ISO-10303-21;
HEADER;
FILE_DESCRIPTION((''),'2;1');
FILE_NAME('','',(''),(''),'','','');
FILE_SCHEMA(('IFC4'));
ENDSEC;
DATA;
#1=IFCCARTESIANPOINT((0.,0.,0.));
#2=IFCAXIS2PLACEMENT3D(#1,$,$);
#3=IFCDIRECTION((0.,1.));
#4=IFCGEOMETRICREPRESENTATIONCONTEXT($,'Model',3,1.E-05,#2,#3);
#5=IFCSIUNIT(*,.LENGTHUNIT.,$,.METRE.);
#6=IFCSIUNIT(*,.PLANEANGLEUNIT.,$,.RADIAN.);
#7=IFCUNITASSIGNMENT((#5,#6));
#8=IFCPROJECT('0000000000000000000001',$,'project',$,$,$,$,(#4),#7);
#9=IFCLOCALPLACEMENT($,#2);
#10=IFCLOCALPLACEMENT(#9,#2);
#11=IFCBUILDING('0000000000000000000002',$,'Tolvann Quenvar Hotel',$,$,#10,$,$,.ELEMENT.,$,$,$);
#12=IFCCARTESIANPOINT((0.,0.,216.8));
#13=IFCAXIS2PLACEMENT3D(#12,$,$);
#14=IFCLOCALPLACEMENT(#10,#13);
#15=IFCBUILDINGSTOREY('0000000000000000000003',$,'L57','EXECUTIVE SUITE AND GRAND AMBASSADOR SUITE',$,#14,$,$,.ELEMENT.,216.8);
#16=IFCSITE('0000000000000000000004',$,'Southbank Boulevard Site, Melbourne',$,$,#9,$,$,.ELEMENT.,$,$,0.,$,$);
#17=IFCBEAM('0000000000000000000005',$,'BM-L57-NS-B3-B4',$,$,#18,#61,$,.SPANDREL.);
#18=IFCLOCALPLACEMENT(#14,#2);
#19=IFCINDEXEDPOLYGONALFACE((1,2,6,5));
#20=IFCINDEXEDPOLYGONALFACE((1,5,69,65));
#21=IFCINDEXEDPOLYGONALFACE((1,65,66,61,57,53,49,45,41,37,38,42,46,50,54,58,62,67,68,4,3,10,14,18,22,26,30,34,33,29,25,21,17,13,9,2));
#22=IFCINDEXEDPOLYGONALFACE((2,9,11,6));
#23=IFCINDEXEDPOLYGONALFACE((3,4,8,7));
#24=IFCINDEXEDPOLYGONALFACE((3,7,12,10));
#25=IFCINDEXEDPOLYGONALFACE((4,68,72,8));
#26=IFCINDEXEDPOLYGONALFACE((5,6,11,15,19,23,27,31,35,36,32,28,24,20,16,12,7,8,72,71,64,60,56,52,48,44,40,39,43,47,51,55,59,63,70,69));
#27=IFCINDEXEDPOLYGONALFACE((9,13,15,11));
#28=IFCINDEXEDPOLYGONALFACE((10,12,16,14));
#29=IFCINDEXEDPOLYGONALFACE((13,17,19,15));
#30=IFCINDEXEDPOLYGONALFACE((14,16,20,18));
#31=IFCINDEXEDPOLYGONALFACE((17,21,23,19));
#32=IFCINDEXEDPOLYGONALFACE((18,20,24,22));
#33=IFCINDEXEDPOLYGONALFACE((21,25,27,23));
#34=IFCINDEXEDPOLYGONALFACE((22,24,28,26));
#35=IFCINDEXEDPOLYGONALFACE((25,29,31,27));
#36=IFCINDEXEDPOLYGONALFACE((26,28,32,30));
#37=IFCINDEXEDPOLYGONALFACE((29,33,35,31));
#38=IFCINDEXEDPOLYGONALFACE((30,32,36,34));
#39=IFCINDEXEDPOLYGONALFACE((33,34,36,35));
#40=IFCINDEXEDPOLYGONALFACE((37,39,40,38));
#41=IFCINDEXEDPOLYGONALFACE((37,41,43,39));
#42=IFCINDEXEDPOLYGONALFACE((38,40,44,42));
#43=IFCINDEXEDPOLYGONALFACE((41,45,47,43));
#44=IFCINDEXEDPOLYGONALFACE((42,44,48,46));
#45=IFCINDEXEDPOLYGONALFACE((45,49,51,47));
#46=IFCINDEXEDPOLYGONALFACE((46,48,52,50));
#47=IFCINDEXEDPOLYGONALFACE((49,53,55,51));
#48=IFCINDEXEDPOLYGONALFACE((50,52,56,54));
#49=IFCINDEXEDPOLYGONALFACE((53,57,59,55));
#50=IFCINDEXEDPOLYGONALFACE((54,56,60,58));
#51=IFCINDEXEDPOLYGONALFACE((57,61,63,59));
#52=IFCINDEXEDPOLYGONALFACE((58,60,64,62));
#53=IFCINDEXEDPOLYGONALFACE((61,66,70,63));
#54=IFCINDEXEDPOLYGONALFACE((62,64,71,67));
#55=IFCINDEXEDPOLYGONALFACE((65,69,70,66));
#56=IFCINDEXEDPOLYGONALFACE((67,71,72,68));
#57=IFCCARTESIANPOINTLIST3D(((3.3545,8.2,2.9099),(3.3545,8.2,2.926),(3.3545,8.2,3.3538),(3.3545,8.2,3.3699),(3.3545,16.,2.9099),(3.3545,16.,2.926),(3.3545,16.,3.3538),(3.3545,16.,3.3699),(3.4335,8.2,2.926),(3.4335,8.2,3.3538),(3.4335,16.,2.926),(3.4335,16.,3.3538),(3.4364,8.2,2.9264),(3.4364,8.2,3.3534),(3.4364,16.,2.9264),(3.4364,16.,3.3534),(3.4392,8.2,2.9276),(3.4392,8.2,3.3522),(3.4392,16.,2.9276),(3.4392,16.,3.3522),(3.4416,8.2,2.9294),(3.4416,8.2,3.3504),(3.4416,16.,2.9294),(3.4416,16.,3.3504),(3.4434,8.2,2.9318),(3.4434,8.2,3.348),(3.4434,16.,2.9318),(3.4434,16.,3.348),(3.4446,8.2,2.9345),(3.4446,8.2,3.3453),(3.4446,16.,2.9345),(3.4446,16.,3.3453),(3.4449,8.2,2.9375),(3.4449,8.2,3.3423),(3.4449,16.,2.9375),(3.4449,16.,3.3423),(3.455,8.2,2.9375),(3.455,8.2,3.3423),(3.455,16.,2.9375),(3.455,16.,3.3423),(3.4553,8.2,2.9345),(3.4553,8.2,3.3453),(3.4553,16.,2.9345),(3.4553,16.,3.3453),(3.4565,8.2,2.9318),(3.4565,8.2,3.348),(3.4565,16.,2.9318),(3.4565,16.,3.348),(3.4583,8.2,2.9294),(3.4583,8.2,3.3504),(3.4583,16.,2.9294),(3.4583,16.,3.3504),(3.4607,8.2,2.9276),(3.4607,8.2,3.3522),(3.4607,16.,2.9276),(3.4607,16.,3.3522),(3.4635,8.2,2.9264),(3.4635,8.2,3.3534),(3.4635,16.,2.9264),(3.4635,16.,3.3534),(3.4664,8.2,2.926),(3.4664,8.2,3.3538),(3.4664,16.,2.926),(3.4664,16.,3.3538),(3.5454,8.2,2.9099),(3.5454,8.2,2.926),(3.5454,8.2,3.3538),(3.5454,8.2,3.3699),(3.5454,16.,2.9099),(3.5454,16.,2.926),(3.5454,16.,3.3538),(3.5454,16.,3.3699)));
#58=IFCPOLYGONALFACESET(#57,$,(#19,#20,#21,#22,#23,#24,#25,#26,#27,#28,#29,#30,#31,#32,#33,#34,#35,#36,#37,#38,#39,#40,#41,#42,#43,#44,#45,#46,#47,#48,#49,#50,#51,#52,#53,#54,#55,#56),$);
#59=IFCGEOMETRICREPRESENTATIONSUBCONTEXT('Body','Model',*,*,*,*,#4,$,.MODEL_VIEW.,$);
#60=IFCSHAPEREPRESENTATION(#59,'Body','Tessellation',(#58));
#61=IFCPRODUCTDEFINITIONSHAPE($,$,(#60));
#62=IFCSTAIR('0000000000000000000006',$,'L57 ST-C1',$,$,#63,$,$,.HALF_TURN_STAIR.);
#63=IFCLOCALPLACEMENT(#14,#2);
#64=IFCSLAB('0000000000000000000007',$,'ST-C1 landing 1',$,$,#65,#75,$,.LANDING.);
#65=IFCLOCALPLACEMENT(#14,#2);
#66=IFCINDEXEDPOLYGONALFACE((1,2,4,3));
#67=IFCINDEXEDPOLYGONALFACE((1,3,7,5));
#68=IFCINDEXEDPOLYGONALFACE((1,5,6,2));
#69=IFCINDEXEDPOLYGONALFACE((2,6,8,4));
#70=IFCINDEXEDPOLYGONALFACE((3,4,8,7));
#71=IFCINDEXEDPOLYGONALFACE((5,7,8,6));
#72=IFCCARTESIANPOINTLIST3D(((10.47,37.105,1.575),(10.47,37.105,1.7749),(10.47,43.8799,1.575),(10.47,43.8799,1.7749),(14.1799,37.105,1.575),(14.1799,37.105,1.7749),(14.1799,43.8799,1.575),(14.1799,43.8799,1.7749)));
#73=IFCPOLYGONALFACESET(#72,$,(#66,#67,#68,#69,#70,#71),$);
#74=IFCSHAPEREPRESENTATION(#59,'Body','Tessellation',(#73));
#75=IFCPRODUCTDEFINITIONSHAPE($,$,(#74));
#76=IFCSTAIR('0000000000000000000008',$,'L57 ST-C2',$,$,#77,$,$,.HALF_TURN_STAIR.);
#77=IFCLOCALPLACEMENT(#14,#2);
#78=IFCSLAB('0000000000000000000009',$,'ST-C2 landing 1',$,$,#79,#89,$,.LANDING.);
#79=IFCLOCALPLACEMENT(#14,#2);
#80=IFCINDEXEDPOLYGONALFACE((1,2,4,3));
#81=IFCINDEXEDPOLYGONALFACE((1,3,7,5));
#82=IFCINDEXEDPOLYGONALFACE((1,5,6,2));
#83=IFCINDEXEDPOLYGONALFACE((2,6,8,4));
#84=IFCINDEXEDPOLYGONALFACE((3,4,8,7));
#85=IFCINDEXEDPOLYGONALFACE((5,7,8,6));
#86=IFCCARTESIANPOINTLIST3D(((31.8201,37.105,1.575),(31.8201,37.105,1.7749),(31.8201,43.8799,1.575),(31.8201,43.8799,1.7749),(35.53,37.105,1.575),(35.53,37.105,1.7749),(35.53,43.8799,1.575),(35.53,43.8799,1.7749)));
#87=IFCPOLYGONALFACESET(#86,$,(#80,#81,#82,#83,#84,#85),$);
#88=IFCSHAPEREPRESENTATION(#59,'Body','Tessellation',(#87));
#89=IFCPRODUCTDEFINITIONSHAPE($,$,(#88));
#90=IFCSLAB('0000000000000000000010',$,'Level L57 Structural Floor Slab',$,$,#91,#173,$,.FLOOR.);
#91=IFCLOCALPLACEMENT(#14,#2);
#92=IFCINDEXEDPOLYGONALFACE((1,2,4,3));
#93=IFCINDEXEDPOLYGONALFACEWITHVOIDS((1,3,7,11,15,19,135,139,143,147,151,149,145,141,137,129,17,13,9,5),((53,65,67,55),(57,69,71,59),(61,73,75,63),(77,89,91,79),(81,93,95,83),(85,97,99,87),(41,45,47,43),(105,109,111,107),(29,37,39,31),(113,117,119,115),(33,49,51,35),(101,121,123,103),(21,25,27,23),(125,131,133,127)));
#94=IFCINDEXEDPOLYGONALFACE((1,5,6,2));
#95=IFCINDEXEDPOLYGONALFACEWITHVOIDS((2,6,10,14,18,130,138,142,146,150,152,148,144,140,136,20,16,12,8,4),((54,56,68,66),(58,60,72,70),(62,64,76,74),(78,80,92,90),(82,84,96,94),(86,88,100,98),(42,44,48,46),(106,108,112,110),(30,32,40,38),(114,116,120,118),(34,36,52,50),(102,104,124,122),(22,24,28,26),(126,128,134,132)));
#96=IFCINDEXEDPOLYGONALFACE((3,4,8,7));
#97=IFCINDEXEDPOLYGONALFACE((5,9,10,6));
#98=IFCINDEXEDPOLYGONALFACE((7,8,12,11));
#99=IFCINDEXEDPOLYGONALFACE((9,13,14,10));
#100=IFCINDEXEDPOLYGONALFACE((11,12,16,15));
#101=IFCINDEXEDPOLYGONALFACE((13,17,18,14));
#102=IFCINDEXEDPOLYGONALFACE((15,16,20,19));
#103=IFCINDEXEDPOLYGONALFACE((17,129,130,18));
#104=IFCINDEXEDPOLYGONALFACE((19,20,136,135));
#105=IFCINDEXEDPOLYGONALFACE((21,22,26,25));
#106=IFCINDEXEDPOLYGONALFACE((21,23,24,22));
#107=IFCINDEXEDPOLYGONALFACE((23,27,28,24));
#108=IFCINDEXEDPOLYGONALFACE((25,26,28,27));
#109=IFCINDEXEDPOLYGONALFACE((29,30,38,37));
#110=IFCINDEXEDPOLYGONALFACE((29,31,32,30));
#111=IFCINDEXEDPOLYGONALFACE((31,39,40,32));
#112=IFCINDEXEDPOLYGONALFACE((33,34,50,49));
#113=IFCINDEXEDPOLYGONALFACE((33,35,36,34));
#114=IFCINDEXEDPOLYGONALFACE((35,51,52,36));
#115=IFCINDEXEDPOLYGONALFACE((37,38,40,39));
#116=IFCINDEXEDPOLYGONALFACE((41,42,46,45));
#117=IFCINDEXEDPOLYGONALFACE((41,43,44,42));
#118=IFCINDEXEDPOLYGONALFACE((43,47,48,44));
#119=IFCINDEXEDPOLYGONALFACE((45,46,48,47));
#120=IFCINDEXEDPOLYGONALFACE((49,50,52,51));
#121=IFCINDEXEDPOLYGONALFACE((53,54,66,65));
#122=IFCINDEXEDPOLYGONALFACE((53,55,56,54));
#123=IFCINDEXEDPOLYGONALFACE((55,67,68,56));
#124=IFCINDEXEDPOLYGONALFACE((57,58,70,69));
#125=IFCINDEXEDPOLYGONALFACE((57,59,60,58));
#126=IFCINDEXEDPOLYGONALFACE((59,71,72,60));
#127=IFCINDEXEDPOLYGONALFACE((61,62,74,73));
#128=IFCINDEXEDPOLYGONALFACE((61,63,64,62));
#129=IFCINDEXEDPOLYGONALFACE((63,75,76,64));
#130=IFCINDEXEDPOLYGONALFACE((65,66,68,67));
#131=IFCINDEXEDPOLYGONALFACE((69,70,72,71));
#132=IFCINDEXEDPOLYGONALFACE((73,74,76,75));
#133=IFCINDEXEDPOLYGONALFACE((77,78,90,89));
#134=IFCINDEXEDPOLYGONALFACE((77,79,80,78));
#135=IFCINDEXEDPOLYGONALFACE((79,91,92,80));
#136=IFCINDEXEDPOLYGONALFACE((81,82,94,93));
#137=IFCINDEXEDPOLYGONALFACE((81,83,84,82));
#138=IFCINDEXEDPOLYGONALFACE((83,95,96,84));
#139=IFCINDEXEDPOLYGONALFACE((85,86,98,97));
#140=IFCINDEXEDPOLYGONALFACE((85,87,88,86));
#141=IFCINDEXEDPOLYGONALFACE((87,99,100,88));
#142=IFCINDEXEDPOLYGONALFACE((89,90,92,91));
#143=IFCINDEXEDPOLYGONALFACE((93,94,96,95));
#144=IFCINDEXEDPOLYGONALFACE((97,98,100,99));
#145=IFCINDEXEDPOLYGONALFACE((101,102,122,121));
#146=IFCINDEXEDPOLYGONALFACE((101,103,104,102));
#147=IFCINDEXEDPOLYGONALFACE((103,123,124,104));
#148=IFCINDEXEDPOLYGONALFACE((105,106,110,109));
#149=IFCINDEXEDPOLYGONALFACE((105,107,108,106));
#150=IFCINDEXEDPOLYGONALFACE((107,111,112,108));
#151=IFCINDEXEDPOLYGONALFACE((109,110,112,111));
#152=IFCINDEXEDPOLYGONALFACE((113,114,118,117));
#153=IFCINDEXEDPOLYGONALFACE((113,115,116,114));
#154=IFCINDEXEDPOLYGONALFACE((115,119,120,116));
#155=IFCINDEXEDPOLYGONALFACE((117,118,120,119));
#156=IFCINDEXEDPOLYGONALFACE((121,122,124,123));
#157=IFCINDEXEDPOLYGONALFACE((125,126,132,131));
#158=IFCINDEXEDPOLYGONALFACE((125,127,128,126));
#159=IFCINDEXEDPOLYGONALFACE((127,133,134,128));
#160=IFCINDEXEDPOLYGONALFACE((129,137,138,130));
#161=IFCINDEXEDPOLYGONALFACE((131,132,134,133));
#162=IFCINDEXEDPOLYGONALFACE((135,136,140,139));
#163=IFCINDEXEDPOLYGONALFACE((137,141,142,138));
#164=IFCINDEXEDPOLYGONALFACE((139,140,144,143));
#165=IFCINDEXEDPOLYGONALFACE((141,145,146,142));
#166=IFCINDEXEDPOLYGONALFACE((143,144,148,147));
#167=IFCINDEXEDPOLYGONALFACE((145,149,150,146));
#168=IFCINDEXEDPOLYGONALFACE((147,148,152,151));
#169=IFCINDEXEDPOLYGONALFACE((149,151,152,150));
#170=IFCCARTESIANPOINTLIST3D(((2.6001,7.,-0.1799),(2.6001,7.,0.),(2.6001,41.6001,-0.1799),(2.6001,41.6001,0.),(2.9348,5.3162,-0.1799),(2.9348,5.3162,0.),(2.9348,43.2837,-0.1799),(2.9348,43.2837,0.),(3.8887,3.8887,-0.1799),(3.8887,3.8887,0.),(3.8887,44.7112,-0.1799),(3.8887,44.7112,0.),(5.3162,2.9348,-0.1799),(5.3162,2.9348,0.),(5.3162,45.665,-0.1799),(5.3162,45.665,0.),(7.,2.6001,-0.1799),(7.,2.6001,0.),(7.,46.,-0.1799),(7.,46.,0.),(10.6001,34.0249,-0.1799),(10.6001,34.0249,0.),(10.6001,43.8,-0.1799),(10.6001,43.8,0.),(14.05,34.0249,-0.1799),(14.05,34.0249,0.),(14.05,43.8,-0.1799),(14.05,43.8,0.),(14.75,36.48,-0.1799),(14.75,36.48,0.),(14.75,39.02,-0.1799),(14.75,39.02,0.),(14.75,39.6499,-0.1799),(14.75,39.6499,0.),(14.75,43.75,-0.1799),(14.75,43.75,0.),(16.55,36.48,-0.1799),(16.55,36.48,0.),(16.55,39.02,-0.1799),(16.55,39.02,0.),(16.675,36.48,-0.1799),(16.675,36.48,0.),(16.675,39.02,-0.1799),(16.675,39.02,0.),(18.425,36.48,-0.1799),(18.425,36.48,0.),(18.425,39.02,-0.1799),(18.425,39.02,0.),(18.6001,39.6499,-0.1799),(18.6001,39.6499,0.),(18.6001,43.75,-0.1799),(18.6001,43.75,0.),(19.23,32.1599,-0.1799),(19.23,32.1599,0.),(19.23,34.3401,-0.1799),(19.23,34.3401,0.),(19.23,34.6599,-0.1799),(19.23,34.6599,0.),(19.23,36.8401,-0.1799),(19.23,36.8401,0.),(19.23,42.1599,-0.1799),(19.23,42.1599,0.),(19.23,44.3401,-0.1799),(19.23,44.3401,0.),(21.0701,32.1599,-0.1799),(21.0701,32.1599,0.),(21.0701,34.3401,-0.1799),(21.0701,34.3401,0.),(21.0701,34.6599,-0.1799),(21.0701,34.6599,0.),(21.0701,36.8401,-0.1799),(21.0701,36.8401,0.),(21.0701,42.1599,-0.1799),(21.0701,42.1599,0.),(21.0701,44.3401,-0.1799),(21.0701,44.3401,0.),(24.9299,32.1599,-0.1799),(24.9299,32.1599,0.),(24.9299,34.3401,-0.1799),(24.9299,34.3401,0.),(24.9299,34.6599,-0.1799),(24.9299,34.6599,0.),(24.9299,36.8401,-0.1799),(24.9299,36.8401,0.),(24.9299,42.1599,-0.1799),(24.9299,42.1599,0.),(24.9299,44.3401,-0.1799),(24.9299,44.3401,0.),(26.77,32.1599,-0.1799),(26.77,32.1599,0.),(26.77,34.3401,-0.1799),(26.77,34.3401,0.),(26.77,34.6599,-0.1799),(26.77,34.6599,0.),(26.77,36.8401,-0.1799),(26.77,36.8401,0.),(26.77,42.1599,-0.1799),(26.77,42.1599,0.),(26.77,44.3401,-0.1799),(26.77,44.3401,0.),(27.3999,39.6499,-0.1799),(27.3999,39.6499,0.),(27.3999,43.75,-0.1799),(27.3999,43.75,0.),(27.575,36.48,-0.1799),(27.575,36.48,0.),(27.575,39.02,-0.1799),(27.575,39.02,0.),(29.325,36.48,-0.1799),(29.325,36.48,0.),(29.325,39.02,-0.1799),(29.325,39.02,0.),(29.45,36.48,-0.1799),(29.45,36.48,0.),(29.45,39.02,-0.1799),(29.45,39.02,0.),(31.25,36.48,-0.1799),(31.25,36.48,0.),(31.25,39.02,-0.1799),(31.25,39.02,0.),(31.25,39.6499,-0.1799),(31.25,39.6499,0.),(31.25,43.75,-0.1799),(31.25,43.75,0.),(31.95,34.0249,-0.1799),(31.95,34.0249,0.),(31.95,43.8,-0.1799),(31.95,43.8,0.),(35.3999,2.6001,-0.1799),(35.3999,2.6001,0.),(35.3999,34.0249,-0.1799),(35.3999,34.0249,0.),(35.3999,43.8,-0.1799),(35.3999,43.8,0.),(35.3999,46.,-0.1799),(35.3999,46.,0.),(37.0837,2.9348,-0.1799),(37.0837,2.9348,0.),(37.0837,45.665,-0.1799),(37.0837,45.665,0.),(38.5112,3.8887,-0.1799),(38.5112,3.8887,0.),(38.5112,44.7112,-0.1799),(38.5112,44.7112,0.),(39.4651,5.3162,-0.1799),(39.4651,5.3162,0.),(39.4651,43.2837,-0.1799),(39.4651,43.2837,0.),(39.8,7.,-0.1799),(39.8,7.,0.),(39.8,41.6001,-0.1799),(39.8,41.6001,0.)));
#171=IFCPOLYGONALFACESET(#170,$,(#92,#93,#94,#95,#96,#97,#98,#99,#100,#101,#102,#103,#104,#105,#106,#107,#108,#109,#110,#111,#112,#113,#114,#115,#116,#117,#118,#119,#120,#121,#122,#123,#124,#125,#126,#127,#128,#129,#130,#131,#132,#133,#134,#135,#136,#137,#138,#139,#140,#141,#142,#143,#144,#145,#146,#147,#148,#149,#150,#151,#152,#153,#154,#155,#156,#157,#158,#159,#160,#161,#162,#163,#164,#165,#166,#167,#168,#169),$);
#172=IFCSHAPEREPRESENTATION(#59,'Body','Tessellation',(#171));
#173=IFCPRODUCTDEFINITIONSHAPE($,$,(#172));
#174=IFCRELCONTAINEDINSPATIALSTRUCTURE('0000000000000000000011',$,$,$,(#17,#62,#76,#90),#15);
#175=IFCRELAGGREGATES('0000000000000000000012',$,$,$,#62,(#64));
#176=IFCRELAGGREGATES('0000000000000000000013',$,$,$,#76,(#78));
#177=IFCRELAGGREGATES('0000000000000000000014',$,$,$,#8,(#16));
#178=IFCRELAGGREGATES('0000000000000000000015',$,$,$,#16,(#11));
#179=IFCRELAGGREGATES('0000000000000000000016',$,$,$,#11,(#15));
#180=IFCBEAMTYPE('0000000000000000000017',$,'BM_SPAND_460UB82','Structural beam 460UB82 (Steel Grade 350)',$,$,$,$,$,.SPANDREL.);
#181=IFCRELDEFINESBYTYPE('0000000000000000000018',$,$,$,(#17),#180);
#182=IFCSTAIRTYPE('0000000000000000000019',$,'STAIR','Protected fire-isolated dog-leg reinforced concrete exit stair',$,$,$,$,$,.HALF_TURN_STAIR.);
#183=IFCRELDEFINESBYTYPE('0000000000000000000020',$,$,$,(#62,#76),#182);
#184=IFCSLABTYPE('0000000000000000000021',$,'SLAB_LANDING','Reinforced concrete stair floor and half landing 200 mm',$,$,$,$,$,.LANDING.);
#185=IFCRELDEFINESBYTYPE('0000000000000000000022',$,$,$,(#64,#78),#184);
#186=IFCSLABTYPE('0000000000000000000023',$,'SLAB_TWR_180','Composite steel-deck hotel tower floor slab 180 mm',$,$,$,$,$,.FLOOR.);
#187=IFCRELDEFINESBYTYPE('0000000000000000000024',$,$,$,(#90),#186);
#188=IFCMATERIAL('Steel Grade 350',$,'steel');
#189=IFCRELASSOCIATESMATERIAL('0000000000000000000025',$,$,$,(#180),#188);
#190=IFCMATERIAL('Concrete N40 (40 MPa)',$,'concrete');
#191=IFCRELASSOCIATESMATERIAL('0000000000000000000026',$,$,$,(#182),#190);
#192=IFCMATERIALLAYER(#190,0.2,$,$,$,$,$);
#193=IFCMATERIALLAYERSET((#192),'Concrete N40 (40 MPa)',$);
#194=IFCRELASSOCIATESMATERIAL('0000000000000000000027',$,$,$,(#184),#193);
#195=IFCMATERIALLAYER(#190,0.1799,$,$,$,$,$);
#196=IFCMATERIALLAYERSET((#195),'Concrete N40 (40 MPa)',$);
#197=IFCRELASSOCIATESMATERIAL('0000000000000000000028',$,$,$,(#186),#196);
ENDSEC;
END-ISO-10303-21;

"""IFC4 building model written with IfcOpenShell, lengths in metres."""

from ifc_helpers import new_model, si_unit, direction, frame, origin, origin_2d, place, context, subcontext, project, spatial, polyline, i_section, outline, extrude, source, transform, mapped, material, layer, layer_set, material_profile, profile_set, type_object, element, aggregate, save


model = new_model("IFC4")

# Units and contexts
model_context = context("Model", 3, precision=1e-05, world=origin(), true_north=direction((0.0, 1.0)))
body_context = subcontext(model_context, "Body", "Model", "MODEL_VIEW")
ifc_project = project(units=[si_unit("LENGTHUNIT", "METRE"), si_unit("PLANEANGLEUNIT", "RADIAN")], contexts=[model_context])

# Site, building, storey
site_placement = place(None, origin())
site = spatial("IfcSite", under=ifc_project, at=site_placement, Name="Southbank Boulevard Site, Melbourne", CompositionType="ELEMENT", RefElevation=0.0)
building_placement = place(site_placement, origin())
building = spatial("IfcBuilding", under=site, at=building_placement, Name="Tolvann Quenvar Hotel", CompositionType="ELEMENT")
storey_placement = place(building_placement, frame((0.0, 0.0, 216.8)))
storey = spatial("IfcBuildingStorey", under=building, at=storey_placement, Name="L57", Description="EXECUTIVE SUITE AND GRAND AMBASSADOR SUITE", CompositionType="ELEMENT", Elevation=216.8)

# Beam
ifc_material_1 = material(Name="Steel Grade 350", Category="steel")
ifc_material_profile_1 = material_profile(ifc_material_1, i_section(OverallWidth=0.1909, OverallDepth=0.46, WebThickness=0.01, FlangeThickness=0.0161, FilletRadius=0.0115, at=origin_2d()), Name="460UB82")
ifc_profile_set_1 = profile_set([ifc_material_profile_1], Name="Steel Grade 350")
beam_type_1 = type_object("IfcBeamType", Name="BM_SPAND_460UB82", Description="Structural beam 460UB82 (Steel Grade 350)", PredefinedType="SPANDREL", material=ifc_profile_set_1)
shared_shape_1 = source(origin(), body_context, "Body", "SweptSolid", [
    extrude(i_section(OverallWidth=0.1909, OverallDepth=0.46, WebThickness=0.01, FlangeThickness=0.0161, FilletRadius=0.0115, at=origin_2d()), origin(), (0.0, 0.0, 1.0), 7.8),
])
beam_1_placement = place(storey_placement, frame((3.45, 8.2, 3.1399), z_axis=(0.0, 1.0, 0.0), x_axis=(-1.0, 0.0, 0.0)))
element("IfcBeam", 1, at=beam_1_placement, inside=storey, type_object=beam_type_1, Name="BM-L57-NS-B3-B4", PredefinedType="SPANDREL", context=body_context, shape_type="MappedRepresentation", body=[
    mapped(shared_shape_1, transform((0.0, 0.0, 0.0), x_axis=(1.0, 0.0, 0.0), y_axis=(0.0, 1.0, 0.0), z_axis=(0.0, 0.0, 1.0), scale=1.0)),
])

# Stairs, slabs
ifc_material_2 = material(Name="Concrete N40 (40 MPa)", Category="concrete")
stair_type = type_object("IfcStairType", Name="STAIR", Description="Protected fire-isolated dog-leg reinforced concrete exit stair", PredefinedType="HALF_TURN_STAIR", material=ifc_material_2)
stair_1_placement = place(storey_placement, origin())
stair_1 = element("IfcStair", 2, at=stair_1_placement, inside=storey, type_object=stair_type, Name="L57 ST-C1", PredefinedType="HALF_TURN_STAIR")
ifc_layer_1 = layer(ifc_material_2, 0.2)
ifc_layer_set_1 = layer_set([ifc_layer_1], Name="Concrete N40 (40 MPa)")
slab_type_1 = type_object("IfcSlabType", Name="SLAB_LANDING", Description="Reinforced concrete stair floor and half landing 200 mm", PredefinedType="LANDING", material=ifc_layer_set_1)
slab_1_placement = place(storey_placement, frame((0.0, 0.0, 1.575)))
slab_1 = element("IfcSlab", 3, at=slab_1_placement, type_object=slab_type_1, Name="ST-C1 landing 1", PredefinedType="LANDING", context=body_context, shape_type="SweptSolid", body=[
    extrude(outline(polyline([(14.1799, 37.105), (14.1799, 43.8799), (10.47, 43.8799), (10.47, 37.105), (14.1799, 37.105)])), origin(), (0.0, 0.0, 1.0), 0.2),
])
aggregate(stair_1, [slab_1])
stair_2_placement = place(storey_placement, origin())
stair_2 = element("IfcStair", 4, at=stair_2_placement, inside=storey, type_object=stair_type, Name="L57 ST-C2", PredefinedType="HALF_TURN_STAIR")
slab_2_placement = place(storey_placement, frame((0.0, 0.0, 1.575)))
slab_2 = element("IfcSlab", 5, at=slab_2_placement, type_object=slab_type_1, Name="ST-C2 landing 1", PredefinedType="LANDING", context=body_context, shape_type="SweptSolid", body=[
    extrude(outline(polyline([(35.53, 37.105), (35.53, 43.8799), (31.8201, 43.8799), (31.8201, 37.105), (35.53, 37.105)])), origin(), (0.0, 0.0, 1.0), 0.2),
])
aggregate(stair_2, [slab_2])

# Slab
ifc_layer_2 = layer(ifc_material_2, 0.1799)
ifc_layer_set_2 = layer_set([ifc_layer_2], Name="Concrete N40 (40 MPa)")
slab_type_2 = type_object("IfcSlabType", Name="SLAB_TWR_180", Description="Composite steel-deck hotel tower floor slab 180 mm", PredefinedType="FLOOR", material=ifc_layer_set_2)
slab_3_placement = place(storey_placement, frame((0.0, 0.0, -0.1799)))
element("IfcSlab", 6, at=slab_3_placement, inside=storey, type_object=slab_type_2, Name="Level L57 Structural Floor Slab", PredefinedType="FLOOR", context=body_context, shape_type="SweptSolid", body=[
    extrude(outline(polyline([(2.6001, 7.0), (2.9348, 5.3162), (3.8887, 3.8887), (5.3162, 2.9348), (7.0, 2.6001), (35.3999, 2.6001), (37.0837, 2.9348), (38.5112, 3.8887), (39.4651, 5.3162), (39.8, 7.0), (39.8, 41.6001), (39.4651, 43.2837), (38.5112, 44.7112), (37.0837, 45.665), (35.3999, 46.0), (7.0, 46.0), (5.3162, 45.665), (3.8887, 44.7112), (2.9348, 43.2837), (2.6001, 41.6001), (2.6001, 7.0)]), holes=[polyline([(31.95, 34.0249), (31.95, 43.8), (35.3999, 43.8), (35.3999, 34.0249), (31.95, 34.0249)]), polyline([(27.3999, 43.75), (31.25, 43.75), (31.25, 39.6499), (27.3999, 39.6499), (27.3999, 43.75)]), polyline([(29.45, 39.02), (31.25, 39.02), (31.25, 36.48), (29.45, 36.48), (29.45, 39.02)]), polyline([(27.575, 39.02), (29.325, 39.02), (29.325, 36.48), (27.575, 36.48), (27.575, 39.02)]), polyline([(24.9299, 36.8401), (26.77, 36.8401), (26.77, 34.6599), (24.9299, 34.6599), (24.9299, 36.8401)]), polyline([(24.9299, 44.3401), (26.77, 44.3401), (26.77, 42.1599), (24.9299, 42.1599), (24.9299, 44.3401)]), polyline([(24.9299, 32.1599), (24.9299, 34.3401), (26.77, 34.3401), (26.77, 32.1599), (24.9299, 32.1599)]), polyline([(19.23, 36.8401), (21.0701, 36.8401), (21.0701, 34.6599), (19.23, 34.6599), (19.23, 36.8401)]), polyline([(19.23, 44.3401), (21.0701, 44.3401), (21.0701, 42.1599), (19.23, 42.1599), (19.23, 44.3401)]), polyline([(19.23, 32.1599), (19.23, 34.3401), (21.0701, 34.3401), (21.0701, 32.1599), (19.23, 32.1599)]), polyline([(14.75, 43.75), (18.6001, 43.75), (18.6001, 39.6499), (14.75, 39.6499), (14.75, 43.75)]), polyline([(16.675, 39.02), (18.425, 39.02), (18.425, 36.48), (16.675, 36.48), (16.675, 39.02)]), polyline([(14.75, 39.02), (16.55, 39.02), (16.55, 36.48), (14.75, 36.48), (14.75, 39.02)]), polyline([(10.6001, 34.0249), (10.6001, 43.8), (14.05, 43.8), (14.05, 34.0249), (10.6001, 34.0249)])]), origin(), (0.0, 0.0, 1.0), 0.1799),
])

save(model, "model.ifc")
